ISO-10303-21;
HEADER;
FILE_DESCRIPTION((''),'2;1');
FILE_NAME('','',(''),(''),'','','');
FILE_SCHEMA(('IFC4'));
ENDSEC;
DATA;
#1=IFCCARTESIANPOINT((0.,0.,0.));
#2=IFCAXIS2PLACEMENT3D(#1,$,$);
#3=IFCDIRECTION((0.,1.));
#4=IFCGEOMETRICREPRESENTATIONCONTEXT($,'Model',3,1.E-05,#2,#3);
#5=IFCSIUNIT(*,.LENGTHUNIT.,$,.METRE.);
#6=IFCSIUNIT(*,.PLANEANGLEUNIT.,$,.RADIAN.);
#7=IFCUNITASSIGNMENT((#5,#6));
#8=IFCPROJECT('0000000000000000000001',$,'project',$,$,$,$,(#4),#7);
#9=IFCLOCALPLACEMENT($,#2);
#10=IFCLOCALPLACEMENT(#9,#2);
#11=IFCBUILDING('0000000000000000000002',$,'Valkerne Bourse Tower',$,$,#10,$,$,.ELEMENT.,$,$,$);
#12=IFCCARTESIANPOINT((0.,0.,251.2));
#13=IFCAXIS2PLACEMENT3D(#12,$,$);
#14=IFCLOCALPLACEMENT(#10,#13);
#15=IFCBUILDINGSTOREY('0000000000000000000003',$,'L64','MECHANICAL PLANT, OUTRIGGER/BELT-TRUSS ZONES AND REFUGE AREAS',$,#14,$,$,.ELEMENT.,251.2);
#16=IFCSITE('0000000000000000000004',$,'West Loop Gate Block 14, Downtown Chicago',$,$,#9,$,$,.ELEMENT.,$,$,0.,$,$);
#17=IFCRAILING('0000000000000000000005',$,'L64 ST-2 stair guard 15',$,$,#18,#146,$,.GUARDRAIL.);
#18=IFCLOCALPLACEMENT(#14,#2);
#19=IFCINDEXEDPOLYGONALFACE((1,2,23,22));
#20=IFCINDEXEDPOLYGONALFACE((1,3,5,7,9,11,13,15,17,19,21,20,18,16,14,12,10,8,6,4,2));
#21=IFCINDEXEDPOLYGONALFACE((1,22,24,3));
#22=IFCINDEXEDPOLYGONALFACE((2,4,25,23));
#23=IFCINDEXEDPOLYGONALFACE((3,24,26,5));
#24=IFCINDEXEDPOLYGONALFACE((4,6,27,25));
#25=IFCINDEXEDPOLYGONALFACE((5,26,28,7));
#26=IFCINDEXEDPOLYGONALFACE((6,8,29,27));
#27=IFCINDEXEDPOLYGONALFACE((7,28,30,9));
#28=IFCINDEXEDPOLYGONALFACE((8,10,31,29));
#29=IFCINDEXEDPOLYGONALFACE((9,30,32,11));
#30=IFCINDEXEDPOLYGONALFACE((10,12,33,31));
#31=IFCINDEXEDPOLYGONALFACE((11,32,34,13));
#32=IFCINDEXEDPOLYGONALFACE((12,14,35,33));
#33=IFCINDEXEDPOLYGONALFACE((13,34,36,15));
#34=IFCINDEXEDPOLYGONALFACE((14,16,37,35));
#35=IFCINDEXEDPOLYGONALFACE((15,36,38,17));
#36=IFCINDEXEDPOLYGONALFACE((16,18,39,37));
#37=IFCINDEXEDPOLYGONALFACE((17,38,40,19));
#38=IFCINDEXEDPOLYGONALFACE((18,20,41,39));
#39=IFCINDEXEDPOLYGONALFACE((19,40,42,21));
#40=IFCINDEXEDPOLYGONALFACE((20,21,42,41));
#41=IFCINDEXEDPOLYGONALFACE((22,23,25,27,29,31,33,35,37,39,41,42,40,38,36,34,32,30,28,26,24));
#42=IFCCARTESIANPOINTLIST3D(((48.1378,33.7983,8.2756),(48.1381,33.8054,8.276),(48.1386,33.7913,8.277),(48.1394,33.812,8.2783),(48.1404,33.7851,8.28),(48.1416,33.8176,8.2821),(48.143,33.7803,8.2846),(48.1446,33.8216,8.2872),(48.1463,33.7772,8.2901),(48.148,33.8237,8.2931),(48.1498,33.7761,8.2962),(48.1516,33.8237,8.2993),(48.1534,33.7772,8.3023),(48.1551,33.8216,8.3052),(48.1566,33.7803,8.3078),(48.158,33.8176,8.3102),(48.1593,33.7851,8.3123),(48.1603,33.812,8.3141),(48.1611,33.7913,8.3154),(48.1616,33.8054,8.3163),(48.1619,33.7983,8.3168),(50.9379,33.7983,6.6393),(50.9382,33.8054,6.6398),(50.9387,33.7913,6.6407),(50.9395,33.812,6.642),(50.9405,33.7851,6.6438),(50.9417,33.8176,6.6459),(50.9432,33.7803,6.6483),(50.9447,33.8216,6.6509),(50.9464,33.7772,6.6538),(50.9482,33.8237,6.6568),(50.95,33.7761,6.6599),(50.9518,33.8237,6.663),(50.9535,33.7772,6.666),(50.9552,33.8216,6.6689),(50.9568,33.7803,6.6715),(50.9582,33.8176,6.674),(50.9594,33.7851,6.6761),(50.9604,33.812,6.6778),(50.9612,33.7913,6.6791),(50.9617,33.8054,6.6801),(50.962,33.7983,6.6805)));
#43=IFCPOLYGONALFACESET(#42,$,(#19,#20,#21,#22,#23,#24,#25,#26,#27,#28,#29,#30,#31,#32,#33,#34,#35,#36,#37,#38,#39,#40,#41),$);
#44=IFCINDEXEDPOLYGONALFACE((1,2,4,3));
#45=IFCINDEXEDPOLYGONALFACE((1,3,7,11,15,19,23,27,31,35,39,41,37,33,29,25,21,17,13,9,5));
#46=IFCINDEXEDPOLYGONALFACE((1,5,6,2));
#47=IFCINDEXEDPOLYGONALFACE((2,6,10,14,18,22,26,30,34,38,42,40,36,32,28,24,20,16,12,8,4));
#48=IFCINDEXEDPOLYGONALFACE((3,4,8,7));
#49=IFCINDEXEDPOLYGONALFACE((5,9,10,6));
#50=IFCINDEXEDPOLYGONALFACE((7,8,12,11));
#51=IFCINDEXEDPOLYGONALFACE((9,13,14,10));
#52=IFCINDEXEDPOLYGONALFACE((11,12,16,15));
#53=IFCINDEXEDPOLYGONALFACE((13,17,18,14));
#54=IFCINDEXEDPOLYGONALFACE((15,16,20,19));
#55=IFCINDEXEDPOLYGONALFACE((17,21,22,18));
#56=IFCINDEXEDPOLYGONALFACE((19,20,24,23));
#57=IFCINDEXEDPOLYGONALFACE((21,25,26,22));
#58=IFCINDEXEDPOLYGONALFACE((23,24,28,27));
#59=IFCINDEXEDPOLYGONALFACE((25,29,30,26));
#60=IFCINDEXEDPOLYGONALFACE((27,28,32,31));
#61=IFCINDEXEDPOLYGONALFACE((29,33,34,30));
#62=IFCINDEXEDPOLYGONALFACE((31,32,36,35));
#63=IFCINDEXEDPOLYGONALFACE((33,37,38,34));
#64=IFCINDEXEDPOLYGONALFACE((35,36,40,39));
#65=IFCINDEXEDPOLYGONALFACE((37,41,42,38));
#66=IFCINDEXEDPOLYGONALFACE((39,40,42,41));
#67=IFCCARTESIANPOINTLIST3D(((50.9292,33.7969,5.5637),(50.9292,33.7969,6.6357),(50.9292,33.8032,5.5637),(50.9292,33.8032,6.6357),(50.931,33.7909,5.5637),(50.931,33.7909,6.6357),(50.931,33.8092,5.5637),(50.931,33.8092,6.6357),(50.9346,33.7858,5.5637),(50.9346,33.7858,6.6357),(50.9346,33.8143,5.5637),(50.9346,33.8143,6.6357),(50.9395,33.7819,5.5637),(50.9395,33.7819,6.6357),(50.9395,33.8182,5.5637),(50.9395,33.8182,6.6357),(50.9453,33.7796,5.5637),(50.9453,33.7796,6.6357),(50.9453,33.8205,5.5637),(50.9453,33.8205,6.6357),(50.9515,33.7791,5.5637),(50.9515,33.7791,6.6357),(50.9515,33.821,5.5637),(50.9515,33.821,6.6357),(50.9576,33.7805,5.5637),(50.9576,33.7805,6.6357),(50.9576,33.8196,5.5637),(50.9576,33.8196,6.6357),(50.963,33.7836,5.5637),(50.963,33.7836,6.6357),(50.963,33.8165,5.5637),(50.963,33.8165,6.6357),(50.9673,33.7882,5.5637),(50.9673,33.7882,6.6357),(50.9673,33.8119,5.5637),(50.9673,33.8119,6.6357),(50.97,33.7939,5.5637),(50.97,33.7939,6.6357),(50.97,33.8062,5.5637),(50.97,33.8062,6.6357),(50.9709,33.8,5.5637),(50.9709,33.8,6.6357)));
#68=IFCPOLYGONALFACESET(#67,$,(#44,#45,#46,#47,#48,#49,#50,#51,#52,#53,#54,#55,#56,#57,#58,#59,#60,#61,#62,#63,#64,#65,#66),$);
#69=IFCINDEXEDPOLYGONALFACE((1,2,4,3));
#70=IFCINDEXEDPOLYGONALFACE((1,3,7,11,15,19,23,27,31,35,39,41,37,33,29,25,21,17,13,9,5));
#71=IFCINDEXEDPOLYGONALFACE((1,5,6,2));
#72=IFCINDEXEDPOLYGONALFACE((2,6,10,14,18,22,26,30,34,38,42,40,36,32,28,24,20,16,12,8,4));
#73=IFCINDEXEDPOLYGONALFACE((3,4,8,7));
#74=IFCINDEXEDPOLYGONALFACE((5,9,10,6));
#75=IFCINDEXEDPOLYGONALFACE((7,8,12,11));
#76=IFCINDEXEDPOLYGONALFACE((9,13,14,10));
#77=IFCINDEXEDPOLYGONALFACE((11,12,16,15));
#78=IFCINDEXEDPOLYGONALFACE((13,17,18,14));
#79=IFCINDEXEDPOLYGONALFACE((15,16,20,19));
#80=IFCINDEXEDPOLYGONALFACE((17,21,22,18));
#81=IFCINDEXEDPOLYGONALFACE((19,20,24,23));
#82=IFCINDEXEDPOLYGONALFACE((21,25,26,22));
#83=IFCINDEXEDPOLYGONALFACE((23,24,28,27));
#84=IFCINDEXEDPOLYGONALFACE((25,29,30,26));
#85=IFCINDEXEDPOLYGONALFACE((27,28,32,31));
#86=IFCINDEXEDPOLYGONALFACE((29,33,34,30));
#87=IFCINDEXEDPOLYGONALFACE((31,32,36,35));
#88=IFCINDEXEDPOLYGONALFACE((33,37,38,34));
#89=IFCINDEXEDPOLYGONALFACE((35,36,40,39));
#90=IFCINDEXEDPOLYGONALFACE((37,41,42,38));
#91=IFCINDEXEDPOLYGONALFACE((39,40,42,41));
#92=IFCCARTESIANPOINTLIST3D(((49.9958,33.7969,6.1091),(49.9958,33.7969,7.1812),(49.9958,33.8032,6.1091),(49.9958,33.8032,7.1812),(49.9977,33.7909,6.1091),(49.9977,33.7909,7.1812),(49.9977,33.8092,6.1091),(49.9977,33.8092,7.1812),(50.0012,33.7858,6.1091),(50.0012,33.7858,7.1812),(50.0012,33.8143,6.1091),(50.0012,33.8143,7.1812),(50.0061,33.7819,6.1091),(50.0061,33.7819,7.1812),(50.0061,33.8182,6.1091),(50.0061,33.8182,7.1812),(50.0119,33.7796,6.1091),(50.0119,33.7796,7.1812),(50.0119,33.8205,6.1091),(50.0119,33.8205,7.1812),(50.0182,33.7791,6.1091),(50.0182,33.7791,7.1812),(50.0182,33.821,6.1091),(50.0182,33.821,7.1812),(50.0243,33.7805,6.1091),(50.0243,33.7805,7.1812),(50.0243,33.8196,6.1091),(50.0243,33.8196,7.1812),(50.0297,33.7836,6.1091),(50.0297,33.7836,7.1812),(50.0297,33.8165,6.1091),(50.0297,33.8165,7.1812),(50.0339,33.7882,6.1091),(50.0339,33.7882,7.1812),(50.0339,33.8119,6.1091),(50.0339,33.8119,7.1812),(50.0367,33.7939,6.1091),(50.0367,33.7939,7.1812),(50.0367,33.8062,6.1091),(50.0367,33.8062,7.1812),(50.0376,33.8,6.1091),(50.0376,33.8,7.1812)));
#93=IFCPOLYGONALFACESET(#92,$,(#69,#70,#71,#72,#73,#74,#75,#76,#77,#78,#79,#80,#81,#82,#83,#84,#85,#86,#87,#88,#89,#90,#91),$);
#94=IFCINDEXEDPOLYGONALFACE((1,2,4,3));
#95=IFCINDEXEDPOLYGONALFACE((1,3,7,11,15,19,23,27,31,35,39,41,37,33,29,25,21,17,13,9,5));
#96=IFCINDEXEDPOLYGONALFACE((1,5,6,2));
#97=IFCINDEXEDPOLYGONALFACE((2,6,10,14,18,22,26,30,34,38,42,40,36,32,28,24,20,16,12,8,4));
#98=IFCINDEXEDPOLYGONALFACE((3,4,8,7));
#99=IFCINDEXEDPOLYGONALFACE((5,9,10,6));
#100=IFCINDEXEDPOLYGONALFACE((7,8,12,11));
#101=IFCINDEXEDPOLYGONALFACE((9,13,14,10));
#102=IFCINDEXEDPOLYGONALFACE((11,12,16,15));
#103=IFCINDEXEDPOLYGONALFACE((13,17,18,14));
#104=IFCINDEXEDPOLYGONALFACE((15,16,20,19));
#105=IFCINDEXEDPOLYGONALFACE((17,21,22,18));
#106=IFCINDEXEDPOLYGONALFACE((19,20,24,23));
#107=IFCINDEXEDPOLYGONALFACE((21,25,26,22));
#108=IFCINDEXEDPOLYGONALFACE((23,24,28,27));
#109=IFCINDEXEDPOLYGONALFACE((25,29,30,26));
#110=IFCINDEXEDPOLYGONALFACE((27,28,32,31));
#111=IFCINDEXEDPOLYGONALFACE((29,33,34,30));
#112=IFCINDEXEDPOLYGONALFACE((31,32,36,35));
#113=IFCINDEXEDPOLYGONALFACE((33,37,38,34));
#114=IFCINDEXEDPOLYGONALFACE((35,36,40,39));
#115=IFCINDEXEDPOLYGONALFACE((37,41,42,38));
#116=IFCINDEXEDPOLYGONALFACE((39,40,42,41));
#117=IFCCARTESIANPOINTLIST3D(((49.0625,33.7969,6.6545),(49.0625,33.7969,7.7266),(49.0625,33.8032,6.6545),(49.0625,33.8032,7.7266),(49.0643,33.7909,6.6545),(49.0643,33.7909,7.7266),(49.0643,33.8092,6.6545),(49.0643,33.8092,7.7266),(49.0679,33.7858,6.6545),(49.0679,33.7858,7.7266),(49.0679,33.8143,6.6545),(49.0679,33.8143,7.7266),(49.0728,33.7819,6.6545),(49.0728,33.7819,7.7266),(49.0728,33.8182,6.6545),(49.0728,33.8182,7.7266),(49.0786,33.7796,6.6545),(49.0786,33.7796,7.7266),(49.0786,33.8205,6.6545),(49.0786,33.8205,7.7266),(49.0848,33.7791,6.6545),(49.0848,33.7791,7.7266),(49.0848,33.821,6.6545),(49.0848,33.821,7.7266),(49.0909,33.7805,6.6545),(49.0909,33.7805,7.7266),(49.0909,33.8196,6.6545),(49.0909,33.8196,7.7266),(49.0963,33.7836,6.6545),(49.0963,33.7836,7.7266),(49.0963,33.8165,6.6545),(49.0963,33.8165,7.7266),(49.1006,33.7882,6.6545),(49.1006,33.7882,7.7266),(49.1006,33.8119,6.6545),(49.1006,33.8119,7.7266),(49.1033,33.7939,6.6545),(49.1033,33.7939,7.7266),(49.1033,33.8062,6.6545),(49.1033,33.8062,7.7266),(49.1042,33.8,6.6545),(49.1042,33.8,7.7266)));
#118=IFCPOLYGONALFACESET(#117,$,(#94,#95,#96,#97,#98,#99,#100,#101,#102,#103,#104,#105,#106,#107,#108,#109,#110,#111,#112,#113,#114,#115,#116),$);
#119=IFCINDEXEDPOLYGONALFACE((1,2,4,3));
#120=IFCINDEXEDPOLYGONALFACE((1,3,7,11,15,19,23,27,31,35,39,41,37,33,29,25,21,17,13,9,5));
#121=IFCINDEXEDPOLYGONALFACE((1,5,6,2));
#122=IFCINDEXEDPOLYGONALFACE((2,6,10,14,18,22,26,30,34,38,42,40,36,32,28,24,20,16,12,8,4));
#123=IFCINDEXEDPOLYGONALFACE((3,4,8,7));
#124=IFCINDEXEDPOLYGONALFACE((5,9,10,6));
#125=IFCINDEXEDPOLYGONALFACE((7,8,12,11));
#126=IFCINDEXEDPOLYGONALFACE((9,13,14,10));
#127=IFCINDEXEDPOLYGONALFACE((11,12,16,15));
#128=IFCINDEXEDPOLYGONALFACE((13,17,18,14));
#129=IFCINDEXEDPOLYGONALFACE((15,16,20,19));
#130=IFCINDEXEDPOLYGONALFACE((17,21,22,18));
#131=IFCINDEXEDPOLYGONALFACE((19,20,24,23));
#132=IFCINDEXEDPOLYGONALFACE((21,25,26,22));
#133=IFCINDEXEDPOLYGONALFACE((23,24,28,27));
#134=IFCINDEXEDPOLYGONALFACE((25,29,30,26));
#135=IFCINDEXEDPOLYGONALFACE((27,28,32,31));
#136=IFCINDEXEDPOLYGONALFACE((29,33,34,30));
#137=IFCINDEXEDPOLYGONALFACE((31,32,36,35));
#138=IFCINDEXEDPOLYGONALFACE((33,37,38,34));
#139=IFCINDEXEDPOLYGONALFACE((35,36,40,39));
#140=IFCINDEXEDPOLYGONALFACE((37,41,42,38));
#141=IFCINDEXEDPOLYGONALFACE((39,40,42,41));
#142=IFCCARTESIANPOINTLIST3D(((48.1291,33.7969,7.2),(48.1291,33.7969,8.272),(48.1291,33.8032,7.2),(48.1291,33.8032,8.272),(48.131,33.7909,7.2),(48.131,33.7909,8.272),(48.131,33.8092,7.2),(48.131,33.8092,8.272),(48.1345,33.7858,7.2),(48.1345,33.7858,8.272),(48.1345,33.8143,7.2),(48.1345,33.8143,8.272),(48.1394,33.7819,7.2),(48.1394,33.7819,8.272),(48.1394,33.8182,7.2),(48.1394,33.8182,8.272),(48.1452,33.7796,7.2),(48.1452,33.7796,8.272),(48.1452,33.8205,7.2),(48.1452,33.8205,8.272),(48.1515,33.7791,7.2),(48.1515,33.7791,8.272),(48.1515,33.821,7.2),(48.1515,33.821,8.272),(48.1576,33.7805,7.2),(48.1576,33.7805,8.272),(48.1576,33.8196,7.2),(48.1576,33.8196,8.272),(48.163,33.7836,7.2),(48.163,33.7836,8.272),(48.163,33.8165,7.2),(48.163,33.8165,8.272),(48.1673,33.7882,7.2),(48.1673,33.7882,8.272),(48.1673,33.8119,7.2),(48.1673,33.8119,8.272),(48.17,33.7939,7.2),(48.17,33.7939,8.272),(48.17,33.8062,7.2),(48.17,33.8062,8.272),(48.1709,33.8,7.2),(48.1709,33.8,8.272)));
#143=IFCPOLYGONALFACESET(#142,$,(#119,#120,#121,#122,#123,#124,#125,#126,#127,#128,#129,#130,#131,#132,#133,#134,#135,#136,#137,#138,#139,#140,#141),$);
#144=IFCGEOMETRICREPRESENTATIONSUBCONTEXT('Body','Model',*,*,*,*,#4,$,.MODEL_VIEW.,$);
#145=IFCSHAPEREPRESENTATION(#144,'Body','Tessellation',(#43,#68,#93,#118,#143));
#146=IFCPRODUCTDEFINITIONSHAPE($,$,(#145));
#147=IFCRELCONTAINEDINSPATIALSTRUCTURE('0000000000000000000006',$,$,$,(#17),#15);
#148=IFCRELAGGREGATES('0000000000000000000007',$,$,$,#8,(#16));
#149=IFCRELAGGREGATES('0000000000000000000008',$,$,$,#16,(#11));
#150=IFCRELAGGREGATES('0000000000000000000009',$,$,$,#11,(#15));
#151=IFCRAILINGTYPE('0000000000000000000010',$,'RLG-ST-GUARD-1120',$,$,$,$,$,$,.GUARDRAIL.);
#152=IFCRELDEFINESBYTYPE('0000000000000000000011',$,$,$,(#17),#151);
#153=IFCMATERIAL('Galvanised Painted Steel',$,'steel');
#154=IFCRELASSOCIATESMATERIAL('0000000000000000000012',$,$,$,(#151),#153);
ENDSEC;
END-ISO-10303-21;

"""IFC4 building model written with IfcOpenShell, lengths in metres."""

from ifc_helpers import new_model, si_unit, direction, frame, origin, origin_2d, place, context, subcontext, project, spatial, circle, extrude, material, type_object, element, save


model = new_model("IFC4")

# Units and contexts
model_context = context("Model", 3, precision=1e-05, world=origin(), true_north=direction((0.0, 1.0)))
body_context = subcontext(model_context, "Body", "Model", "MODEL_VIEW")
ifc_project = project(units=[si_unit("LENGTHUNIT", "METRE"), si_unit("PLANEANGLEUNIT", "RADIAN")], contexts=[model_context])

# Site, building, storey
site_placement = place(None, origin())
site = spatial("IfcSite", under=ifc_project, at=site_placement, Name="West Loop Gate Block 14, Downtown Chicago", CompositionType="ELEMENT", RefElevation=0.0)
building_placement = place(site_placement, origin())
building = spatial("IfcBuilding", under=site, at=building_placement, Name="Valkerne Bourse Tower", CompositionType="ELEMENT")
storey_placement = place(building_placement, frame((0.0, 0.0, 251.2)))
storey = spatial("IfcBuildingStorey", under=building, at=storey_placement, Name="L64", Description="MECHANICAL PLANT, OUTRIGGER/BELT-TRUSS ZONES AND REFUGE AREAS", CompositionType="ELEMENT", Elevation=251.2)

# Railing
ifc_material_1 = material(Name="Galvanised Painted Steel", Category="steel")
railing_type_1 = type_object("IfcRailingType", Name="RLG-ST-GUARD-1120", PredefinedType="GUARDRAIL", material=ifc_material_1)
railing_1_placement = place(storey_placement, frame((50.95, 33.8, 5.5637)))
element("IfcRailing", 1, at=railing_1_placement, inside=storey, type_object=railing_type_1, Name="L64 ST-2 stair guard 15", PredefinedType="GUARDRAIL", context=body_context, shape_type="SweptSolid", body=[
    extrude(circle(Radius=0.0239, at=origin_2d()), frame((0.0, 0.0, 1.0962), z_axis=(-0.863394, 0.0, 0.504531), x_axis=(0.0, -1.0, 0.0)), (0.0, 0.0, 1.0), 3.2432),
    extrude(circle(Radius=0.021, at=origin_2d()), origin(), (0.0, 0.0, 1.0), 1.072),
    extrude(circle(Radius=0.021, at=origin_2d()), frame((-0.9333, 0.0, 0.5454)), (0.0, 0.0, 1.0), 1.072),
    extrude(circle(Radius=0.021, at=origin_2d()), frame((-1.8667, 0.0, 1.0908)), (0.0, 0.0, 1.0), 1.072),
    extrude(circle(Radius=0.021, at=origin_2d()), frame((-2.8, 0.0, 1.6362)), (0.0, 0.0, 1.0), 1.072),
])

save(model, "model.ifc")
